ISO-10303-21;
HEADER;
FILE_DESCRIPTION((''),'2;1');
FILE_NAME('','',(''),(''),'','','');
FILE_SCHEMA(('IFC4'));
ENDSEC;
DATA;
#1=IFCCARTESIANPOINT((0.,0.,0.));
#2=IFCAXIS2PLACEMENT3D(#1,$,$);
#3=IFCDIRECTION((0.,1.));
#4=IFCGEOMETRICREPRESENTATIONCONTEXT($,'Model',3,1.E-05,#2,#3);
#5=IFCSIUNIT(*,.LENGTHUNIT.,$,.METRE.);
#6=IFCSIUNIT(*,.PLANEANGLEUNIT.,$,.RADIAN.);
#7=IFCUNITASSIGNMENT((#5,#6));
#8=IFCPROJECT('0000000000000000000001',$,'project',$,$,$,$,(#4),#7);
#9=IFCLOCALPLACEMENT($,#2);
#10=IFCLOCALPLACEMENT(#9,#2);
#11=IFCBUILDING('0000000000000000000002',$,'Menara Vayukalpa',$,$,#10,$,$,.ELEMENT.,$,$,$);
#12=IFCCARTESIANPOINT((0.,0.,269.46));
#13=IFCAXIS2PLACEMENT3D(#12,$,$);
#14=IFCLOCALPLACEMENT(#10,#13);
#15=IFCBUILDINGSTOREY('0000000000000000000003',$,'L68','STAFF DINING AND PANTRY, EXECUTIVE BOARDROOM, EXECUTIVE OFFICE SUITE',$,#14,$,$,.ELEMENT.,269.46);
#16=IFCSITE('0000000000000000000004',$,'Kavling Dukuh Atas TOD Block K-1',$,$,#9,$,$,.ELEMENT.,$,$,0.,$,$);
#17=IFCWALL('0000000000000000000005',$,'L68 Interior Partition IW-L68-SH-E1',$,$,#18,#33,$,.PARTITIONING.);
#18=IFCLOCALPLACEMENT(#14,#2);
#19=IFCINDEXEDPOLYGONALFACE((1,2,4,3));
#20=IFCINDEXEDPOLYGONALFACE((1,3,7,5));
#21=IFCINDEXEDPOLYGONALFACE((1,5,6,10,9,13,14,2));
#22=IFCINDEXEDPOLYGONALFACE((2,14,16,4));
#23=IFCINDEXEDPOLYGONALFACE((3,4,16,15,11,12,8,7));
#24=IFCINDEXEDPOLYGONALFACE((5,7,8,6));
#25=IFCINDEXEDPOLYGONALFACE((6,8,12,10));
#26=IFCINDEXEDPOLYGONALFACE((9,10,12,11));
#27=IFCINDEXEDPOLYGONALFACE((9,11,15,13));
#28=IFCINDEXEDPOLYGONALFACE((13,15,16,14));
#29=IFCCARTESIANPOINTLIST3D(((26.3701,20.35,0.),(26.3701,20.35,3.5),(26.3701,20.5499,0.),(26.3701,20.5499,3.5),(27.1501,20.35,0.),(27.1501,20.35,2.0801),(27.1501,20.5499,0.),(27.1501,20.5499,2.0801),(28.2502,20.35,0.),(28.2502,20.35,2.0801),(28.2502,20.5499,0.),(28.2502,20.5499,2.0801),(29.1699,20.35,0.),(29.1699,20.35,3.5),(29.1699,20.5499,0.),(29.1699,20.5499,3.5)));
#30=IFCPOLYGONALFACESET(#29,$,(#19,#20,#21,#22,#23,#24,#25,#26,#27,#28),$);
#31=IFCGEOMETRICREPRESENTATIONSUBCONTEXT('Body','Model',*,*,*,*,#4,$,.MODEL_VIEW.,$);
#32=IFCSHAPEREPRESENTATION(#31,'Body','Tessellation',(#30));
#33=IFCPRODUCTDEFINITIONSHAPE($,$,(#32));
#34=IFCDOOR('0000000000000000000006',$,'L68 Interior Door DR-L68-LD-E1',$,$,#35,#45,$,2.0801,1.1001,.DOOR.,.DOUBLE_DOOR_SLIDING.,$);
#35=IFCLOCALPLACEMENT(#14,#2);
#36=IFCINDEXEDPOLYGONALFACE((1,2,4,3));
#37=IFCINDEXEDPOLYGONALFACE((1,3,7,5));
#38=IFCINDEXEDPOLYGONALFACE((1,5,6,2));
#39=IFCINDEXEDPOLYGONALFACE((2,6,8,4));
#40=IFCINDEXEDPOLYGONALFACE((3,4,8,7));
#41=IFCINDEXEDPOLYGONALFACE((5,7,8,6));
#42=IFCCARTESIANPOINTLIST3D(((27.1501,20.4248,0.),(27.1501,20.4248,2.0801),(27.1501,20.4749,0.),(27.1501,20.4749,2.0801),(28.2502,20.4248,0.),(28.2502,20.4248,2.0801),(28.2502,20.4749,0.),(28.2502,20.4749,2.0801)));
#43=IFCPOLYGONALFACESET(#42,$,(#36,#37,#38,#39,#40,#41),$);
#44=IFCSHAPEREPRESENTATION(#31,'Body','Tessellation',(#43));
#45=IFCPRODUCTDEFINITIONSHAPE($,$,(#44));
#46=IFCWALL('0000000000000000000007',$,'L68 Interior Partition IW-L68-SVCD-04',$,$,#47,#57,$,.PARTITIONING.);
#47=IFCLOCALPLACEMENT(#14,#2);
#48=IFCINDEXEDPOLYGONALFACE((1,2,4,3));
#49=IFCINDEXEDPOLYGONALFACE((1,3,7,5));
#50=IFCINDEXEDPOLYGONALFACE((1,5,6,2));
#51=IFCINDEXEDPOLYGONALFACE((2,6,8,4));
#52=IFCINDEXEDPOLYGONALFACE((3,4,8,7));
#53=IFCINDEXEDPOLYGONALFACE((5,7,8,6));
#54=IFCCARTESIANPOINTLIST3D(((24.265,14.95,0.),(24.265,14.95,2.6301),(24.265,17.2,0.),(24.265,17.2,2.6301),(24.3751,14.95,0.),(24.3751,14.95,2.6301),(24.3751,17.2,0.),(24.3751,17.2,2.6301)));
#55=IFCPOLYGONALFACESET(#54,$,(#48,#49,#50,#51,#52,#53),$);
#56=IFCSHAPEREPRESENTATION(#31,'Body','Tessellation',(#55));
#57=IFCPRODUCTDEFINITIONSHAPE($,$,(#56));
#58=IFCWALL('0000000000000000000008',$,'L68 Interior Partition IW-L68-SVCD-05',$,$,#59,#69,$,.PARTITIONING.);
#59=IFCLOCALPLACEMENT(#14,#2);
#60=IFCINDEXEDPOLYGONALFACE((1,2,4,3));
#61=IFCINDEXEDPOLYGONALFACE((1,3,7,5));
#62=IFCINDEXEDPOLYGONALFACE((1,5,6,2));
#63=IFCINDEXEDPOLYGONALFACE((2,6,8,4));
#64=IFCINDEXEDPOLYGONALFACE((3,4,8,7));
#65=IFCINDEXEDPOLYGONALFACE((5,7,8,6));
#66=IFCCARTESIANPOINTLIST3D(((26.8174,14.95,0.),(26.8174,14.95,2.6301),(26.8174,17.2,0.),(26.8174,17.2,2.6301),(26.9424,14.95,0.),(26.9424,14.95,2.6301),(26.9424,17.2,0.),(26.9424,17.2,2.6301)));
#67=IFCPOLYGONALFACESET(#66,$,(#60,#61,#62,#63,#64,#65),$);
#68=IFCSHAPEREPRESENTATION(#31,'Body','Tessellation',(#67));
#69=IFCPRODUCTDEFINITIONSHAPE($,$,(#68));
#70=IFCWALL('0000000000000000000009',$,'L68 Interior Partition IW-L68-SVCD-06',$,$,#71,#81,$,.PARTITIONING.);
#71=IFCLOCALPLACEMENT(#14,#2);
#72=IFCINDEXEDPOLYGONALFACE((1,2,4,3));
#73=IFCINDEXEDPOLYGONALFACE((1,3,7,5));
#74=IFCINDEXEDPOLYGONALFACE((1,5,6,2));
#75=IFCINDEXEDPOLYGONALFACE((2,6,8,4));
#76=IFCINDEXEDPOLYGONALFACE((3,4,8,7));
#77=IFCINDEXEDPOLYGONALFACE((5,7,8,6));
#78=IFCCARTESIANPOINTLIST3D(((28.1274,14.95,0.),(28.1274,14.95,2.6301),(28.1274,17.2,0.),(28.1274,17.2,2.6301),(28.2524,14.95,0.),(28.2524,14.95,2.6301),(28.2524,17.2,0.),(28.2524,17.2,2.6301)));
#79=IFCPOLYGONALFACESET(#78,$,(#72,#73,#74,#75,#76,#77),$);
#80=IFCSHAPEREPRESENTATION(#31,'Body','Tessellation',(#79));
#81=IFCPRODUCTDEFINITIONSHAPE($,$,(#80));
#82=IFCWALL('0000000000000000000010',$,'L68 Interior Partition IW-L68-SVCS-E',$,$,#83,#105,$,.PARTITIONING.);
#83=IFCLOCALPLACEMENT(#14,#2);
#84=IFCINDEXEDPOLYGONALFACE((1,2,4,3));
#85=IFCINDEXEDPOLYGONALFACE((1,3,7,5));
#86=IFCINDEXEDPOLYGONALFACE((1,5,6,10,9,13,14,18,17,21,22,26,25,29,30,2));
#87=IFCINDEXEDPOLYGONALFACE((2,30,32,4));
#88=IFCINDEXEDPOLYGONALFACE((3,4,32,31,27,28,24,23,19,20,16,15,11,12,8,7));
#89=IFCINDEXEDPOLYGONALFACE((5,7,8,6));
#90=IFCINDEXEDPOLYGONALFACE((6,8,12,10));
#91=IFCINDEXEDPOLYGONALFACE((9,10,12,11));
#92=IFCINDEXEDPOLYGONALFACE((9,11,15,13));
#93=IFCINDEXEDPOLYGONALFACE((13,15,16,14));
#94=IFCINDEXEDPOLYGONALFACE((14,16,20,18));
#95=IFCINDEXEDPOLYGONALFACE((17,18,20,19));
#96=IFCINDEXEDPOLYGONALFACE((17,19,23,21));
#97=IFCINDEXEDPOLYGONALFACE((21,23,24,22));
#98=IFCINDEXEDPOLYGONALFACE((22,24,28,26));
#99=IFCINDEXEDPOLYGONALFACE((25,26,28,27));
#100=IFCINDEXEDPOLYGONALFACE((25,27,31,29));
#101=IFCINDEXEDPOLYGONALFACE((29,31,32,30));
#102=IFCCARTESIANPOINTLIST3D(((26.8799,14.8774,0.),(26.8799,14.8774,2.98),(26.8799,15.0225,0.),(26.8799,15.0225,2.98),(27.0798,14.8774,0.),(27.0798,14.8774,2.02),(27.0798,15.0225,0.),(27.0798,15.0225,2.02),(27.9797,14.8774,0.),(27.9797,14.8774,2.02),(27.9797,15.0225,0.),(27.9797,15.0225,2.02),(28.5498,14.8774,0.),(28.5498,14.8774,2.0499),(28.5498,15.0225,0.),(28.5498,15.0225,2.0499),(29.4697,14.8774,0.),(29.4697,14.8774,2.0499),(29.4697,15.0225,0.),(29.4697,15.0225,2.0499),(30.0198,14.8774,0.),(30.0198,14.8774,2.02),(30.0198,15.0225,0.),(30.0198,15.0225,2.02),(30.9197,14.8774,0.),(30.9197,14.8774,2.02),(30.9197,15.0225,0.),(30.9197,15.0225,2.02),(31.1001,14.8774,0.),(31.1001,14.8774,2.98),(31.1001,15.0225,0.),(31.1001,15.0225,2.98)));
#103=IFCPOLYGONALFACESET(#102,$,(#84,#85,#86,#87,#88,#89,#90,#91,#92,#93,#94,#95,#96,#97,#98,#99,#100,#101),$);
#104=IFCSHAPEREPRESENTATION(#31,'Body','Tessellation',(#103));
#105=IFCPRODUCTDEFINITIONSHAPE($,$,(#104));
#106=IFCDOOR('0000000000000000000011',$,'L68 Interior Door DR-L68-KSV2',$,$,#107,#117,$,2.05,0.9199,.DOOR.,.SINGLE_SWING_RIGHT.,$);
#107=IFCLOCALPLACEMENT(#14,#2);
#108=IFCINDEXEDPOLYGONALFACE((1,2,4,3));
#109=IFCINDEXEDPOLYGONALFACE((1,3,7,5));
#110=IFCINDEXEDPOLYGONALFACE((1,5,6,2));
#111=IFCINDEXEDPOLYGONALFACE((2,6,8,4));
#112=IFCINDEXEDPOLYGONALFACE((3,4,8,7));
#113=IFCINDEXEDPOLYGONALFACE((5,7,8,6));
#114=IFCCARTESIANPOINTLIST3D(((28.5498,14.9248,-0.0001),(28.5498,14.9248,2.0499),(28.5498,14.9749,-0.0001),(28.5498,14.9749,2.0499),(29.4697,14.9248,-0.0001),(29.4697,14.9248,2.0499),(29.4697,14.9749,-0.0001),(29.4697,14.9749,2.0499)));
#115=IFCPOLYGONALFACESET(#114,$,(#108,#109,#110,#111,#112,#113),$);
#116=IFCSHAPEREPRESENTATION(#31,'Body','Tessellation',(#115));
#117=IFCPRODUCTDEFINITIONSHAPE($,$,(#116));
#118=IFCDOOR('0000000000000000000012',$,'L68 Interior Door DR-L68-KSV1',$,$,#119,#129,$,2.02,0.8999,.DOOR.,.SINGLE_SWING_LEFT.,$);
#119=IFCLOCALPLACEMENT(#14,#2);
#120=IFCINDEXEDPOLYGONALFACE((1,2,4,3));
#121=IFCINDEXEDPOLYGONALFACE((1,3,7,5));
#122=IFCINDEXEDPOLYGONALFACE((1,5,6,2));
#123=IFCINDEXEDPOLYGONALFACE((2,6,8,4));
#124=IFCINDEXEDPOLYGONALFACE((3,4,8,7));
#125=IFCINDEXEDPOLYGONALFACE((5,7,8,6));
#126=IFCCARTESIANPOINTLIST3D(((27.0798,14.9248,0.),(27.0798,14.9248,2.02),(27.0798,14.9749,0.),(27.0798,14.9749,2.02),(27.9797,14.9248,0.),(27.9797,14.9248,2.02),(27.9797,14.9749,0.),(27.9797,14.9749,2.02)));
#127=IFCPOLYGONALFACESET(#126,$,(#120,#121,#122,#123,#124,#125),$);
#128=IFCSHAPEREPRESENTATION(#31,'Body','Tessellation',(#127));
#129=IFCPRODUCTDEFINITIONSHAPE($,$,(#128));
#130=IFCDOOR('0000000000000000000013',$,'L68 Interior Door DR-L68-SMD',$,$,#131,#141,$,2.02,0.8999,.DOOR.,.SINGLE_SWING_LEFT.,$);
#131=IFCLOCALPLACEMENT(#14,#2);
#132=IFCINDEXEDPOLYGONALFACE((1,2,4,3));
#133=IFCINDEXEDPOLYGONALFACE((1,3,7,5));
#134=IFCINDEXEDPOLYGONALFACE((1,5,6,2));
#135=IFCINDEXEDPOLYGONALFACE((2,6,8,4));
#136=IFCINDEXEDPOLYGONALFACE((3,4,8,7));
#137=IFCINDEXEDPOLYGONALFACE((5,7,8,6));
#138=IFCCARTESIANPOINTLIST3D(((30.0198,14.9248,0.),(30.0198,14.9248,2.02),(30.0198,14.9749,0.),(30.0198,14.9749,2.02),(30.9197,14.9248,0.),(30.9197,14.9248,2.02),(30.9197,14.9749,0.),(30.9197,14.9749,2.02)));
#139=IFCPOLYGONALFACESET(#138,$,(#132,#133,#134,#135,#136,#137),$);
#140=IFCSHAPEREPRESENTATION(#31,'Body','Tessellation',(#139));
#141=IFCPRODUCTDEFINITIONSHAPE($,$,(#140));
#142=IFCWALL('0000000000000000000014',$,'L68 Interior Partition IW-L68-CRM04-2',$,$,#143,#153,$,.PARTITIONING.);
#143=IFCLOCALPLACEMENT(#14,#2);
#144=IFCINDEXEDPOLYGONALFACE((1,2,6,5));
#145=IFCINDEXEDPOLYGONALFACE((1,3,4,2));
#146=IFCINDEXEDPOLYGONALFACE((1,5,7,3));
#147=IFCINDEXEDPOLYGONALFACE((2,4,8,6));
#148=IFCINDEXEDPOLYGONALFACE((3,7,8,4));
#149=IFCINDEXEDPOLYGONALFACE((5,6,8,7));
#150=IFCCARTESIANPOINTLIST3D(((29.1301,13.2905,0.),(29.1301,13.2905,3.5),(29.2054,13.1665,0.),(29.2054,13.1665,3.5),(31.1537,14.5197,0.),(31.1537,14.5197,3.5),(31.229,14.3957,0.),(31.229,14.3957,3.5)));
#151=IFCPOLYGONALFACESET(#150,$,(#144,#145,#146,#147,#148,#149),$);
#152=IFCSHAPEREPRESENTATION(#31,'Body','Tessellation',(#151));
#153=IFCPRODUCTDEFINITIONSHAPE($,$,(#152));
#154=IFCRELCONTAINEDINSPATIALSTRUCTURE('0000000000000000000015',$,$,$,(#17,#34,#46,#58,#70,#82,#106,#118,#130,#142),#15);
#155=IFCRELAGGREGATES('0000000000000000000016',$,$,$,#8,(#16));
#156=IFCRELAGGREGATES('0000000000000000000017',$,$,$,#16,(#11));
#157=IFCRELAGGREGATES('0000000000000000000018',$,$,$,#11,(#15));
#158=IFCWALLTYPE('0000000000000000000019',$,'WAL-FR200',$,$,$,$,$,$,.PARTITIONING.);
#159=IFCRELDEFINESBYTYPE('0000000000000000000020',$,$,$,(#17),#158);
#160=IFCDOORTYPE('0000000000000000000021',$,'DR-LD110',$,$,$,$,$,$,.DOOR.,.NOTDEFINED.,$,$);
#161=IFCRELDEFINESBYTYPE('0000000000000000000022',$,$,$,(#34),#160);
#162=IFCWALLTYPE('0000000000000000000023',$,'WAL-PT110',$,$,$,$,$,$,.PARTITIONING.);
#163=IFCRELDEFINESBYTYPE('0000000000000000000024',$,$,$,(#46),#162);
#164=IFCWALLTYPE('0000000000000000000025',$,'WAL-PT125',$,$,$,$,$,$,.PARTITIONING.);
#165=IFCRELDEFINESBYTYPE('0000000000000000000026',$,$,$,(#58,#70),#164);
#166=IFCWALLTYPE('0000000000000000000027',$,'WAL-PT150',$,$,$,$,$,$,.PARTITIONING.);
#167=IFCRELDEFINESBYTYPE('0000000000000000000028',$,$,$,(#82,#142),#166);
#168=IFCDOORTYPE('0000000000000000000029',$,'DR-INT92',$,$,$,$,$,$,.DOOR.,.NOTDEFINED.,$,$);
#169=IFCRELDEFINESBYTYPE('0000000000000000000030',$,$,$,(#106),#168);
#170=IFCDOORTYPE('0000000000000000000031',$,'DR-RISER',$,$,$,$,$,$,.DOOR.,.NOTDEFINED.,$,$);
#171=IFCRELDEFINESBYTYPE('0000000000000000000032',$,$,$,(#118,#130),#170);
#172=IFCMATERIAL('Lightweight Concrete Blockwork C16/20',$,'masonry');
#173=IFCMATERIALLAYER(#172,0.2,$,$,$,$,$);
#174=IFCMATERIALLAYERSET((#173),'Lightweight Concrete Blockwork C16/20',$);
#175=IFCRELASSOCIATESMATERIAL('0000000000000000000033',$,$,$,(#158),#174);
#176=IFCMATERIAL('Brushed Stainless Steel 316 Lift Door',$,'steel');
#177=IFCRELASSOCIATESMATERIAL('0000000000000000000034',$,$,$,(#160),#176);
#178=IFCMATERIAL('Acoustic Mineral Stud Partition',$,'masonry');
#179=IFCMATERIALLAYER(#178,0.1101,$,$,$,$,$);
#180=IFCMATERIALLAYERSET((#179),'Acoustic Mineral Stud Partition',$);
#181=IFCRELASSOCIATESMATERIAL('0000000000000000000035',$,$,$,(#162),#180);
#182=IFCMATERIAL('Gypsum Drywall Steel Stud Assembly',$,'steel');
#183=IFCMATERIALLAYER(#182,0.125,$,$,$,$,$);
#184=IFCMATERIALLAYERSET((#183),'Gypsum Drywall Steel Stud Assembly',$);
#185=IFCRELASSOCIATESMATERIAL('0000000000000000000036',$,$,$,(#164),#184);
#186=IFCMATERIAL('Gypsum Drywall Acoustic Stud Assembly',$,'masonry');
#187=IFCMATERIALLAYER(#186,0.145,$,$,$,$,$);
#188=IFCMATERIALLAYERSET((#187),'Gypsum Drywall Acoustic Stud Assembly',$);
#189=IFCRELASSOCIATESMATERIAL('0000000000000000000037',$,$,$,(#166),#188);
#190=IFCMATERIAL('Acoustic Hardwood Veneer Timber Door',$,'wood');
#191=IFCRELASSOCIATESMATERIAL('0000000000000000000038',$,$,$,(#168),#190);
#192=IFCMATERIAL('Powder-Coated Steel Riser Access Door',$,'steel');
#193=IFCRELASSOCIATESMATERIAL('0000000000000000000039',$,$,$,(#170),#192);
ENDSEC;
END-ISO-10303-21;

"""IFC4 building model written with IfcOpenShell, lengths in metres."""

from ifc_helpers import new_model, si_unit, direction, frame, frame_2d, origin, place, context, subcontext, project, spatial, rectangle, extrude, material, layer, layer_set, type_object, element, fill, save


model = new_model("IFC4")

# Units and contexts
model_context = context("Model", 3, precision=1e-05, world=origin(), true_north=direction((0.0, 1.0)))
body_context = subcontext(model_context, "Body", "Model", "MODEL_VIEW")
ifc_project = project(units=[si_unit("LENGTHUNIT", "METRE"), si_unit("PLANEANGLEUNIT", "RADIAN")], contexts=[model_context])

# Site, building, storey
site_placement = place(None, origin())
site = spatial("IfcSite", under=ifc_project, at=site_placement, Name="Kavling Dukuh Atas TOD Block K-1", CompositionType="ELEMENT", RefElevation=0.0)
building_placement = place(site_placement, origin())
building = spatial("IfcBuilding", under=site, at=building_placement, Name="Menara Vayukalpa", CompositionType="ELEMENT")
storey_placement = place(building_placement, frame((0.0, 0.0, 269.46)))
storey = spatial("IfcBuildingStorey", under=building, at=storey_placement, Name="L68", Description="STAFF DINING AND PANTRY, EXECUTIVE BOARDROOM, EXECUTIVE OFFICE SUITE", CompositionType="ELEMENT", Elevation=269.46)

# Wall, opening, door
ifc_material_1 = material(Name="Lightweight Concrete Blockwork C16/20", Category="masonry")
ifc_layer_1 = layer(ifc_material_1, 0.2)
ifc_layer_set_1 = layer_set([ifc_layer_1], Name="Lightweight Concrete Blockwork C16/20")
wall_type_1 = type_object("IfcWallType", Name="WAL-FR200", PredefinedType="PARTITIONING", material=ifc_layer_set_1)
wall_1_placement = place(storey_placement, frame((26.3701, 20.45, 0.0), z_axis=(0.0, 0.0, 1.0), x_axis=(1.0, 0.0, 0.0)))
wall_1 = element("IfcWall", 1, at=wall_1_placement, inside=storey, type_object=wall_type_1, Name="L68 Interior Partition IW-L68-SH-E1", PredefinedType="PARTITIONING", context=body_context, shape_type="SweptSolid", body=[
    extrude(rectangle(XDim=2.7998, YDim=0.2, at=frame_2d((1.3999, 0.0))), origin(), (0.0, 0.0, 1.0), 3.5),
])
opening_1_placement = place(wall_1_placement, frame((0.78, 0.0, 0.0)))
opening_1 = element("IfcOpeningElement", 2, at=opening_1_placement, cuts=wall_1, PredefinedType="OPENING", context=body_context, shape_type="SweptSolid", body=[
    extrude(rectangle(XDim=1.1001, YDim=2.0801, at=frame_2d((0.55, 1.04))), frame((0.0, 0.1099, 0.0), z_axis=(0.0, -1.0, 0.0), x_axis=(1.0, 0.0, 0.0)), (0.0, 0.0, 1.0), 0.22),
])
ifc_material_2 = material(Name="Brushed Stainless Steel 316 Lift Door", Category="steel")
door_type_1 = type_object("IfcDoorType", Name="DR-LD110", OperationType="NOTDEFINED", PredefinedType="DOOR", material=ifc_material_2)
door_1_placement = place(opening_1_placement, origin())
door_1 = element("IfcDoor", 3, at=door_1_placement, inside=storey, type_object=door_type_1, Name="L68 Interior Door DR-L68-LD-E1", OperationType="DOUBLE_DOOR_SLIDING", OverallHeight=2.0801, OverallWidth=1.1001, PredefinedType="DOOR", context=body_context, shape_type="SweptSolid", body=[
    extrude(rectangle(XDim=1.1001, YDim=2.0801, at=frame_2d((0.55, 1.04))), frame((0.0, 0.0249, 0.0), z_axis=(0.0, -1.0, 0.0), x_axis=(1.0, 0.0, 0.0)), (0.0, 0.0, 1.0), 0.05),
])
fill(opening_1, door_1)

# Walls
ifc_material_3 = material(Name="Acoustic Mineral Stud Partition", Category="masonry")
ifc_layer_2 = layer(ifc_material_3, 0.1101)
ifc_layer_set_2 = layer_set([ifc_layer_2], Name="Acoustic Mineral Stud Partition")
wall_type_2 = type_object("IfcWallType", Name="WAL-PT110", PredefinedType="PARTITIONING", material=ifc_layer_set_2)
wall_2_placement = place(storey_placement, frame((24.3201, 14.95, 0.0), z_axis=(0.0, 0.0, 1.0), x_axis=(0.0, 1.0, 0.0)))
element("IfcWall", 4, at=wall_2_placement, inside=storey, type_object=wall_type_2, Name="L68 Interior Partition IW-L68-SVCD-04", PredefinedType="PARTITIONING", context=body_context, shape_type="SweptSolid", body=[
    extrude(rectangle(XDim=2.25, YDim=0.1101, at=frame_2d((1.125, 0.0))), origin(), (0.0, 0.0, 1.0), 2.6301),
])
ifc_material_4 = material(Name="Gypsum Drywall Steel Stud Assembly", Category="steel")
ifc_layer_3 = layer(ifc_material_4, 0.125)
ifc_layer_set_3 = layer_set([ifc_layer_3], Name="Gypsum Drywall Steel Stud Assembly")
wall_type_3 = type_object("IfcWallType", Name="WAL-PT125", PredefinedType="PARTITIONING", material=ifc_layer_set_3)
for number, where, z_axis, x_axis, name in (
    (5, (26.8799, 14.95, 0.0), (0.0, 0.0, 1.0), (0.0, 1.0, 0.0), "L68 Interior Partition IW-L68-SVCD-05"),
    (6, (28.1899, 14.95, 0.0), (0.0, 0.0, 1.0), (0.0, 1.0, 0.0), "L68 Interior Partition IW-L68-SVCD-06"),
):
    element("IfcWall", number, at=place(storey_placement, frame(where, z_axis=z_axis, x_axis=x_axis)), inside=storey, type_object=wall_type_3, Name=name, PredefinedType="PARTITIONING", context=body_context, shape_type="SweptSolid", body=[
        extrude(rectangle(XDim=2.25, YDim=0.125, at=frame_2d((1.125, 0.0))), origin(), (0.0, 0.0, 1.0), 2.6301),
    ])

# Wall, openings, doors
ifc_material_5 = material(Name="Gypsum Drywall Acoustic Stud Assembly", Category="masonry")
ifc_layer_4 = layer(ifc_material_5, 0.145)
ifc_layer_set_4 = layer_set([ifc_layer_4], Name="Gypsum Drywall Acoustic Stud Assembly")
wall_type_4 = type_object("IfcWallType", Name="WAL-PT150", PredefinedType="PARTITIONING", material=ifc_layer_set_4)
wall_3_placement = place(storey_placement, frame((26.8799, 14.95, 0.0), z_axis=(0.0, 0.0, 1.0), x_axis=(1.0, 0.0, 0.0)))
wall_3 = element("IfcWall", 7, at=wall_3_placement, inside=storey, type_object=wall_type_4, Name="L68 Interior Partition IW-L68-SVCS-E", PredefinedType="PARTITIONING", context=body_context, shape_type="SweptSolid", body=[
    extrude(rectangle(XDim=4.2202, YDim=0.145, at=frame_2d((2.1101, 0.0))), origin(), (0.0, 0.0, 1.0), 2.98),
])
opening_2_placement = place(wall_3_placement, frame((0.2, 0.0, 0.0)))
opening_2 = element("IfcOpeningElement", 8, at=opening_2_placement, cuts=wall_3, PredefinedType="OPENING", context=body_context, shape_type="SweptSolid", body=[
    extrude(rectangle(XDim=0.8999, YDim=2.02, at=frame_2d((0.45, 1.01))), frame((0.0, 0.0825, 0.0), z_axis=(0.0, -1.0, 0.0), x_axis=(1.0, 0.0, 0.0)), (0.0, 0.0, 1.0), 0.165),
])
opening_3_placement = place(wall_3_placement, frame((1.6699, 0.0, 0.0)))
opening_3 = element("IfcOpeningElement", 9, at=opening_3_placement, cuts=wall_3, PredefinedType="OPENING", context=body_context, shape_type="SweptSolid", body=[
    extrude(rectangle(XDim=0.9199, YDim=2.05, at=frame_2d((0.46, 1.0249))), frame((0.0, 0.0825, 0.0), z_axis=(0.0, -1.0, 0.0), x_axis=(1.0, 0.0, 0.0)), (0.0, 0.0, 1.0), 0.165),
])
opening_4_placement = place(wall_3_placement, frame((3.1399, 0.0, 0.0)))
opening_4 = element("IfcOpeningElement", 10, at=opening_4_placement, cuts=wall_3, PredefinedType="OPENING", context=body_context, shape_type="SweptSolid", body=[
    extrude(rectangle(XDim=0.8999, YDim=2.02, at=frame_2d((0.45, 1.01))), frame((0.0, 0.0825, 0.0), z_axis=(0.0, -1.0, 0.0), x_axis=(1.0, 0.0, 0.0)), (0.0, 0.0, 1.0), 0.165),
])
ifc_material_6 = material(Name="Acoustic Hardwood Veneer Timber Door", Category="wood")
door_type_2 = type_object("IfcDoorType", Name="DR-INT92", OperationType="NOTDEFINED", PredefinedType="DOOR", material=ifc_material_6)
door_2_placement = place(opening_3_placement, origin())
door_2 = element("IfcDoor", 11, at=door_2_placement, inside=storey, type_object=door_type_2, Name="L68 Interior Door DR-L68-KSV2", OperationType="SINGLE_SWING_RIGHT", OverallHeight=2.05, OverallWidth=0.9199, PredefinedType="DOOR", context=body_context, shape_type="SweptSolid", body=[
    extrude(rectangle(XDim=0.9199, YDim=2.05, at=frame_2d((0.46, 1.0249))), frame((0.0, 0.0249, 0.0), z_axis=(0.0, -1.0, 0.0), x_axis=(1.0, 0.0, 0.0)), (0.0, 0.0, 1.0), 0.05),
])
fill(opening_3, door_2)
ifc_material_7 = material(Name="Powder-Coated Steel Riser Access Door", Category="steel")
door_type_3 = type_object("IfcDoorType", Name="DR-RISER", OperationType="NOTDEFINED", PredefinedType="DOOR", material=ifc_material_7)
door_3_placement = place(opening_2_placement, origin())
door_3 = element("IfcDoor", 12, at=door_3_placement, inside=storey, type_object=door_type_3, Name="L68 Interior Door DR-L68-KSV1", OperationType="SINGLE_SWING_LEFT", OverallHeight=2.02, OverallWidth=0.8999, PredefinedType="DOOR", context=body_context, shape_type="SweptSolid", body=[
    extrude(rectangle(XDim=0.8999, YDim=2.02, at=frame_2d((0.45, 1.01))), frame((0.0, 0.0249, 0.0), z_axis=(0.0, -1.0, 0.0), x_axis=(1.0, 0.0, 0.0)), (0.0, 0.0, 1.0), 0.05),
])
fill(opening_2, door_3)
door_4_placement = place(opening_4_placement, origin())
door_4 = element("IfcDoor", 13, at=door_4_placement, inside=storey, type_object=door_type_3, Name="L68 Interior Door DR-L68-SMD", OperationType="SINGLE_SWING_LEFT", OverallHeight=2.02, OverallWidth=0.8999, PredefinedType="DOOR", context=body_context, shape_type="SweptSolid", body=[
    extrude(rectangle(XDim=0.8999, YDim=2.02, at=frame_2d((0.45, 1.01))), frame((0.0, 0.0249, 0.0), z_axis=(0.0, -1.0, 0.0), x_axis=(1.0, 0.0, 0.0)), (0.0, 0.0, 1.0), 0.05),
])
fill(opening_4, door_4)

# Wall
wall_4_placement = place(storey_placement, frame((29.1677, 13.2285, 0.0), z_axis=(0.0, 0.0, 1.0), x_axis=(0.854678, 0.519158, 0.0)))
element("IfcWall", 14, at=wall_4_placement, inside=storey, type_object=wall_type_4, Name="L68 Interior Partition IW-L68-CRM04-2", PredefinedType="PARTITIONING", context=body_context, shape_type="SweptSolid", body=[
    extrude(rectangle(XDim=2.3677, YDim=0.145, at=frame_2d((1.1838, 0.0))), origin(), (0.0, 0.0, 1.0), 3.5),
])

save(model, "model.ifc")
